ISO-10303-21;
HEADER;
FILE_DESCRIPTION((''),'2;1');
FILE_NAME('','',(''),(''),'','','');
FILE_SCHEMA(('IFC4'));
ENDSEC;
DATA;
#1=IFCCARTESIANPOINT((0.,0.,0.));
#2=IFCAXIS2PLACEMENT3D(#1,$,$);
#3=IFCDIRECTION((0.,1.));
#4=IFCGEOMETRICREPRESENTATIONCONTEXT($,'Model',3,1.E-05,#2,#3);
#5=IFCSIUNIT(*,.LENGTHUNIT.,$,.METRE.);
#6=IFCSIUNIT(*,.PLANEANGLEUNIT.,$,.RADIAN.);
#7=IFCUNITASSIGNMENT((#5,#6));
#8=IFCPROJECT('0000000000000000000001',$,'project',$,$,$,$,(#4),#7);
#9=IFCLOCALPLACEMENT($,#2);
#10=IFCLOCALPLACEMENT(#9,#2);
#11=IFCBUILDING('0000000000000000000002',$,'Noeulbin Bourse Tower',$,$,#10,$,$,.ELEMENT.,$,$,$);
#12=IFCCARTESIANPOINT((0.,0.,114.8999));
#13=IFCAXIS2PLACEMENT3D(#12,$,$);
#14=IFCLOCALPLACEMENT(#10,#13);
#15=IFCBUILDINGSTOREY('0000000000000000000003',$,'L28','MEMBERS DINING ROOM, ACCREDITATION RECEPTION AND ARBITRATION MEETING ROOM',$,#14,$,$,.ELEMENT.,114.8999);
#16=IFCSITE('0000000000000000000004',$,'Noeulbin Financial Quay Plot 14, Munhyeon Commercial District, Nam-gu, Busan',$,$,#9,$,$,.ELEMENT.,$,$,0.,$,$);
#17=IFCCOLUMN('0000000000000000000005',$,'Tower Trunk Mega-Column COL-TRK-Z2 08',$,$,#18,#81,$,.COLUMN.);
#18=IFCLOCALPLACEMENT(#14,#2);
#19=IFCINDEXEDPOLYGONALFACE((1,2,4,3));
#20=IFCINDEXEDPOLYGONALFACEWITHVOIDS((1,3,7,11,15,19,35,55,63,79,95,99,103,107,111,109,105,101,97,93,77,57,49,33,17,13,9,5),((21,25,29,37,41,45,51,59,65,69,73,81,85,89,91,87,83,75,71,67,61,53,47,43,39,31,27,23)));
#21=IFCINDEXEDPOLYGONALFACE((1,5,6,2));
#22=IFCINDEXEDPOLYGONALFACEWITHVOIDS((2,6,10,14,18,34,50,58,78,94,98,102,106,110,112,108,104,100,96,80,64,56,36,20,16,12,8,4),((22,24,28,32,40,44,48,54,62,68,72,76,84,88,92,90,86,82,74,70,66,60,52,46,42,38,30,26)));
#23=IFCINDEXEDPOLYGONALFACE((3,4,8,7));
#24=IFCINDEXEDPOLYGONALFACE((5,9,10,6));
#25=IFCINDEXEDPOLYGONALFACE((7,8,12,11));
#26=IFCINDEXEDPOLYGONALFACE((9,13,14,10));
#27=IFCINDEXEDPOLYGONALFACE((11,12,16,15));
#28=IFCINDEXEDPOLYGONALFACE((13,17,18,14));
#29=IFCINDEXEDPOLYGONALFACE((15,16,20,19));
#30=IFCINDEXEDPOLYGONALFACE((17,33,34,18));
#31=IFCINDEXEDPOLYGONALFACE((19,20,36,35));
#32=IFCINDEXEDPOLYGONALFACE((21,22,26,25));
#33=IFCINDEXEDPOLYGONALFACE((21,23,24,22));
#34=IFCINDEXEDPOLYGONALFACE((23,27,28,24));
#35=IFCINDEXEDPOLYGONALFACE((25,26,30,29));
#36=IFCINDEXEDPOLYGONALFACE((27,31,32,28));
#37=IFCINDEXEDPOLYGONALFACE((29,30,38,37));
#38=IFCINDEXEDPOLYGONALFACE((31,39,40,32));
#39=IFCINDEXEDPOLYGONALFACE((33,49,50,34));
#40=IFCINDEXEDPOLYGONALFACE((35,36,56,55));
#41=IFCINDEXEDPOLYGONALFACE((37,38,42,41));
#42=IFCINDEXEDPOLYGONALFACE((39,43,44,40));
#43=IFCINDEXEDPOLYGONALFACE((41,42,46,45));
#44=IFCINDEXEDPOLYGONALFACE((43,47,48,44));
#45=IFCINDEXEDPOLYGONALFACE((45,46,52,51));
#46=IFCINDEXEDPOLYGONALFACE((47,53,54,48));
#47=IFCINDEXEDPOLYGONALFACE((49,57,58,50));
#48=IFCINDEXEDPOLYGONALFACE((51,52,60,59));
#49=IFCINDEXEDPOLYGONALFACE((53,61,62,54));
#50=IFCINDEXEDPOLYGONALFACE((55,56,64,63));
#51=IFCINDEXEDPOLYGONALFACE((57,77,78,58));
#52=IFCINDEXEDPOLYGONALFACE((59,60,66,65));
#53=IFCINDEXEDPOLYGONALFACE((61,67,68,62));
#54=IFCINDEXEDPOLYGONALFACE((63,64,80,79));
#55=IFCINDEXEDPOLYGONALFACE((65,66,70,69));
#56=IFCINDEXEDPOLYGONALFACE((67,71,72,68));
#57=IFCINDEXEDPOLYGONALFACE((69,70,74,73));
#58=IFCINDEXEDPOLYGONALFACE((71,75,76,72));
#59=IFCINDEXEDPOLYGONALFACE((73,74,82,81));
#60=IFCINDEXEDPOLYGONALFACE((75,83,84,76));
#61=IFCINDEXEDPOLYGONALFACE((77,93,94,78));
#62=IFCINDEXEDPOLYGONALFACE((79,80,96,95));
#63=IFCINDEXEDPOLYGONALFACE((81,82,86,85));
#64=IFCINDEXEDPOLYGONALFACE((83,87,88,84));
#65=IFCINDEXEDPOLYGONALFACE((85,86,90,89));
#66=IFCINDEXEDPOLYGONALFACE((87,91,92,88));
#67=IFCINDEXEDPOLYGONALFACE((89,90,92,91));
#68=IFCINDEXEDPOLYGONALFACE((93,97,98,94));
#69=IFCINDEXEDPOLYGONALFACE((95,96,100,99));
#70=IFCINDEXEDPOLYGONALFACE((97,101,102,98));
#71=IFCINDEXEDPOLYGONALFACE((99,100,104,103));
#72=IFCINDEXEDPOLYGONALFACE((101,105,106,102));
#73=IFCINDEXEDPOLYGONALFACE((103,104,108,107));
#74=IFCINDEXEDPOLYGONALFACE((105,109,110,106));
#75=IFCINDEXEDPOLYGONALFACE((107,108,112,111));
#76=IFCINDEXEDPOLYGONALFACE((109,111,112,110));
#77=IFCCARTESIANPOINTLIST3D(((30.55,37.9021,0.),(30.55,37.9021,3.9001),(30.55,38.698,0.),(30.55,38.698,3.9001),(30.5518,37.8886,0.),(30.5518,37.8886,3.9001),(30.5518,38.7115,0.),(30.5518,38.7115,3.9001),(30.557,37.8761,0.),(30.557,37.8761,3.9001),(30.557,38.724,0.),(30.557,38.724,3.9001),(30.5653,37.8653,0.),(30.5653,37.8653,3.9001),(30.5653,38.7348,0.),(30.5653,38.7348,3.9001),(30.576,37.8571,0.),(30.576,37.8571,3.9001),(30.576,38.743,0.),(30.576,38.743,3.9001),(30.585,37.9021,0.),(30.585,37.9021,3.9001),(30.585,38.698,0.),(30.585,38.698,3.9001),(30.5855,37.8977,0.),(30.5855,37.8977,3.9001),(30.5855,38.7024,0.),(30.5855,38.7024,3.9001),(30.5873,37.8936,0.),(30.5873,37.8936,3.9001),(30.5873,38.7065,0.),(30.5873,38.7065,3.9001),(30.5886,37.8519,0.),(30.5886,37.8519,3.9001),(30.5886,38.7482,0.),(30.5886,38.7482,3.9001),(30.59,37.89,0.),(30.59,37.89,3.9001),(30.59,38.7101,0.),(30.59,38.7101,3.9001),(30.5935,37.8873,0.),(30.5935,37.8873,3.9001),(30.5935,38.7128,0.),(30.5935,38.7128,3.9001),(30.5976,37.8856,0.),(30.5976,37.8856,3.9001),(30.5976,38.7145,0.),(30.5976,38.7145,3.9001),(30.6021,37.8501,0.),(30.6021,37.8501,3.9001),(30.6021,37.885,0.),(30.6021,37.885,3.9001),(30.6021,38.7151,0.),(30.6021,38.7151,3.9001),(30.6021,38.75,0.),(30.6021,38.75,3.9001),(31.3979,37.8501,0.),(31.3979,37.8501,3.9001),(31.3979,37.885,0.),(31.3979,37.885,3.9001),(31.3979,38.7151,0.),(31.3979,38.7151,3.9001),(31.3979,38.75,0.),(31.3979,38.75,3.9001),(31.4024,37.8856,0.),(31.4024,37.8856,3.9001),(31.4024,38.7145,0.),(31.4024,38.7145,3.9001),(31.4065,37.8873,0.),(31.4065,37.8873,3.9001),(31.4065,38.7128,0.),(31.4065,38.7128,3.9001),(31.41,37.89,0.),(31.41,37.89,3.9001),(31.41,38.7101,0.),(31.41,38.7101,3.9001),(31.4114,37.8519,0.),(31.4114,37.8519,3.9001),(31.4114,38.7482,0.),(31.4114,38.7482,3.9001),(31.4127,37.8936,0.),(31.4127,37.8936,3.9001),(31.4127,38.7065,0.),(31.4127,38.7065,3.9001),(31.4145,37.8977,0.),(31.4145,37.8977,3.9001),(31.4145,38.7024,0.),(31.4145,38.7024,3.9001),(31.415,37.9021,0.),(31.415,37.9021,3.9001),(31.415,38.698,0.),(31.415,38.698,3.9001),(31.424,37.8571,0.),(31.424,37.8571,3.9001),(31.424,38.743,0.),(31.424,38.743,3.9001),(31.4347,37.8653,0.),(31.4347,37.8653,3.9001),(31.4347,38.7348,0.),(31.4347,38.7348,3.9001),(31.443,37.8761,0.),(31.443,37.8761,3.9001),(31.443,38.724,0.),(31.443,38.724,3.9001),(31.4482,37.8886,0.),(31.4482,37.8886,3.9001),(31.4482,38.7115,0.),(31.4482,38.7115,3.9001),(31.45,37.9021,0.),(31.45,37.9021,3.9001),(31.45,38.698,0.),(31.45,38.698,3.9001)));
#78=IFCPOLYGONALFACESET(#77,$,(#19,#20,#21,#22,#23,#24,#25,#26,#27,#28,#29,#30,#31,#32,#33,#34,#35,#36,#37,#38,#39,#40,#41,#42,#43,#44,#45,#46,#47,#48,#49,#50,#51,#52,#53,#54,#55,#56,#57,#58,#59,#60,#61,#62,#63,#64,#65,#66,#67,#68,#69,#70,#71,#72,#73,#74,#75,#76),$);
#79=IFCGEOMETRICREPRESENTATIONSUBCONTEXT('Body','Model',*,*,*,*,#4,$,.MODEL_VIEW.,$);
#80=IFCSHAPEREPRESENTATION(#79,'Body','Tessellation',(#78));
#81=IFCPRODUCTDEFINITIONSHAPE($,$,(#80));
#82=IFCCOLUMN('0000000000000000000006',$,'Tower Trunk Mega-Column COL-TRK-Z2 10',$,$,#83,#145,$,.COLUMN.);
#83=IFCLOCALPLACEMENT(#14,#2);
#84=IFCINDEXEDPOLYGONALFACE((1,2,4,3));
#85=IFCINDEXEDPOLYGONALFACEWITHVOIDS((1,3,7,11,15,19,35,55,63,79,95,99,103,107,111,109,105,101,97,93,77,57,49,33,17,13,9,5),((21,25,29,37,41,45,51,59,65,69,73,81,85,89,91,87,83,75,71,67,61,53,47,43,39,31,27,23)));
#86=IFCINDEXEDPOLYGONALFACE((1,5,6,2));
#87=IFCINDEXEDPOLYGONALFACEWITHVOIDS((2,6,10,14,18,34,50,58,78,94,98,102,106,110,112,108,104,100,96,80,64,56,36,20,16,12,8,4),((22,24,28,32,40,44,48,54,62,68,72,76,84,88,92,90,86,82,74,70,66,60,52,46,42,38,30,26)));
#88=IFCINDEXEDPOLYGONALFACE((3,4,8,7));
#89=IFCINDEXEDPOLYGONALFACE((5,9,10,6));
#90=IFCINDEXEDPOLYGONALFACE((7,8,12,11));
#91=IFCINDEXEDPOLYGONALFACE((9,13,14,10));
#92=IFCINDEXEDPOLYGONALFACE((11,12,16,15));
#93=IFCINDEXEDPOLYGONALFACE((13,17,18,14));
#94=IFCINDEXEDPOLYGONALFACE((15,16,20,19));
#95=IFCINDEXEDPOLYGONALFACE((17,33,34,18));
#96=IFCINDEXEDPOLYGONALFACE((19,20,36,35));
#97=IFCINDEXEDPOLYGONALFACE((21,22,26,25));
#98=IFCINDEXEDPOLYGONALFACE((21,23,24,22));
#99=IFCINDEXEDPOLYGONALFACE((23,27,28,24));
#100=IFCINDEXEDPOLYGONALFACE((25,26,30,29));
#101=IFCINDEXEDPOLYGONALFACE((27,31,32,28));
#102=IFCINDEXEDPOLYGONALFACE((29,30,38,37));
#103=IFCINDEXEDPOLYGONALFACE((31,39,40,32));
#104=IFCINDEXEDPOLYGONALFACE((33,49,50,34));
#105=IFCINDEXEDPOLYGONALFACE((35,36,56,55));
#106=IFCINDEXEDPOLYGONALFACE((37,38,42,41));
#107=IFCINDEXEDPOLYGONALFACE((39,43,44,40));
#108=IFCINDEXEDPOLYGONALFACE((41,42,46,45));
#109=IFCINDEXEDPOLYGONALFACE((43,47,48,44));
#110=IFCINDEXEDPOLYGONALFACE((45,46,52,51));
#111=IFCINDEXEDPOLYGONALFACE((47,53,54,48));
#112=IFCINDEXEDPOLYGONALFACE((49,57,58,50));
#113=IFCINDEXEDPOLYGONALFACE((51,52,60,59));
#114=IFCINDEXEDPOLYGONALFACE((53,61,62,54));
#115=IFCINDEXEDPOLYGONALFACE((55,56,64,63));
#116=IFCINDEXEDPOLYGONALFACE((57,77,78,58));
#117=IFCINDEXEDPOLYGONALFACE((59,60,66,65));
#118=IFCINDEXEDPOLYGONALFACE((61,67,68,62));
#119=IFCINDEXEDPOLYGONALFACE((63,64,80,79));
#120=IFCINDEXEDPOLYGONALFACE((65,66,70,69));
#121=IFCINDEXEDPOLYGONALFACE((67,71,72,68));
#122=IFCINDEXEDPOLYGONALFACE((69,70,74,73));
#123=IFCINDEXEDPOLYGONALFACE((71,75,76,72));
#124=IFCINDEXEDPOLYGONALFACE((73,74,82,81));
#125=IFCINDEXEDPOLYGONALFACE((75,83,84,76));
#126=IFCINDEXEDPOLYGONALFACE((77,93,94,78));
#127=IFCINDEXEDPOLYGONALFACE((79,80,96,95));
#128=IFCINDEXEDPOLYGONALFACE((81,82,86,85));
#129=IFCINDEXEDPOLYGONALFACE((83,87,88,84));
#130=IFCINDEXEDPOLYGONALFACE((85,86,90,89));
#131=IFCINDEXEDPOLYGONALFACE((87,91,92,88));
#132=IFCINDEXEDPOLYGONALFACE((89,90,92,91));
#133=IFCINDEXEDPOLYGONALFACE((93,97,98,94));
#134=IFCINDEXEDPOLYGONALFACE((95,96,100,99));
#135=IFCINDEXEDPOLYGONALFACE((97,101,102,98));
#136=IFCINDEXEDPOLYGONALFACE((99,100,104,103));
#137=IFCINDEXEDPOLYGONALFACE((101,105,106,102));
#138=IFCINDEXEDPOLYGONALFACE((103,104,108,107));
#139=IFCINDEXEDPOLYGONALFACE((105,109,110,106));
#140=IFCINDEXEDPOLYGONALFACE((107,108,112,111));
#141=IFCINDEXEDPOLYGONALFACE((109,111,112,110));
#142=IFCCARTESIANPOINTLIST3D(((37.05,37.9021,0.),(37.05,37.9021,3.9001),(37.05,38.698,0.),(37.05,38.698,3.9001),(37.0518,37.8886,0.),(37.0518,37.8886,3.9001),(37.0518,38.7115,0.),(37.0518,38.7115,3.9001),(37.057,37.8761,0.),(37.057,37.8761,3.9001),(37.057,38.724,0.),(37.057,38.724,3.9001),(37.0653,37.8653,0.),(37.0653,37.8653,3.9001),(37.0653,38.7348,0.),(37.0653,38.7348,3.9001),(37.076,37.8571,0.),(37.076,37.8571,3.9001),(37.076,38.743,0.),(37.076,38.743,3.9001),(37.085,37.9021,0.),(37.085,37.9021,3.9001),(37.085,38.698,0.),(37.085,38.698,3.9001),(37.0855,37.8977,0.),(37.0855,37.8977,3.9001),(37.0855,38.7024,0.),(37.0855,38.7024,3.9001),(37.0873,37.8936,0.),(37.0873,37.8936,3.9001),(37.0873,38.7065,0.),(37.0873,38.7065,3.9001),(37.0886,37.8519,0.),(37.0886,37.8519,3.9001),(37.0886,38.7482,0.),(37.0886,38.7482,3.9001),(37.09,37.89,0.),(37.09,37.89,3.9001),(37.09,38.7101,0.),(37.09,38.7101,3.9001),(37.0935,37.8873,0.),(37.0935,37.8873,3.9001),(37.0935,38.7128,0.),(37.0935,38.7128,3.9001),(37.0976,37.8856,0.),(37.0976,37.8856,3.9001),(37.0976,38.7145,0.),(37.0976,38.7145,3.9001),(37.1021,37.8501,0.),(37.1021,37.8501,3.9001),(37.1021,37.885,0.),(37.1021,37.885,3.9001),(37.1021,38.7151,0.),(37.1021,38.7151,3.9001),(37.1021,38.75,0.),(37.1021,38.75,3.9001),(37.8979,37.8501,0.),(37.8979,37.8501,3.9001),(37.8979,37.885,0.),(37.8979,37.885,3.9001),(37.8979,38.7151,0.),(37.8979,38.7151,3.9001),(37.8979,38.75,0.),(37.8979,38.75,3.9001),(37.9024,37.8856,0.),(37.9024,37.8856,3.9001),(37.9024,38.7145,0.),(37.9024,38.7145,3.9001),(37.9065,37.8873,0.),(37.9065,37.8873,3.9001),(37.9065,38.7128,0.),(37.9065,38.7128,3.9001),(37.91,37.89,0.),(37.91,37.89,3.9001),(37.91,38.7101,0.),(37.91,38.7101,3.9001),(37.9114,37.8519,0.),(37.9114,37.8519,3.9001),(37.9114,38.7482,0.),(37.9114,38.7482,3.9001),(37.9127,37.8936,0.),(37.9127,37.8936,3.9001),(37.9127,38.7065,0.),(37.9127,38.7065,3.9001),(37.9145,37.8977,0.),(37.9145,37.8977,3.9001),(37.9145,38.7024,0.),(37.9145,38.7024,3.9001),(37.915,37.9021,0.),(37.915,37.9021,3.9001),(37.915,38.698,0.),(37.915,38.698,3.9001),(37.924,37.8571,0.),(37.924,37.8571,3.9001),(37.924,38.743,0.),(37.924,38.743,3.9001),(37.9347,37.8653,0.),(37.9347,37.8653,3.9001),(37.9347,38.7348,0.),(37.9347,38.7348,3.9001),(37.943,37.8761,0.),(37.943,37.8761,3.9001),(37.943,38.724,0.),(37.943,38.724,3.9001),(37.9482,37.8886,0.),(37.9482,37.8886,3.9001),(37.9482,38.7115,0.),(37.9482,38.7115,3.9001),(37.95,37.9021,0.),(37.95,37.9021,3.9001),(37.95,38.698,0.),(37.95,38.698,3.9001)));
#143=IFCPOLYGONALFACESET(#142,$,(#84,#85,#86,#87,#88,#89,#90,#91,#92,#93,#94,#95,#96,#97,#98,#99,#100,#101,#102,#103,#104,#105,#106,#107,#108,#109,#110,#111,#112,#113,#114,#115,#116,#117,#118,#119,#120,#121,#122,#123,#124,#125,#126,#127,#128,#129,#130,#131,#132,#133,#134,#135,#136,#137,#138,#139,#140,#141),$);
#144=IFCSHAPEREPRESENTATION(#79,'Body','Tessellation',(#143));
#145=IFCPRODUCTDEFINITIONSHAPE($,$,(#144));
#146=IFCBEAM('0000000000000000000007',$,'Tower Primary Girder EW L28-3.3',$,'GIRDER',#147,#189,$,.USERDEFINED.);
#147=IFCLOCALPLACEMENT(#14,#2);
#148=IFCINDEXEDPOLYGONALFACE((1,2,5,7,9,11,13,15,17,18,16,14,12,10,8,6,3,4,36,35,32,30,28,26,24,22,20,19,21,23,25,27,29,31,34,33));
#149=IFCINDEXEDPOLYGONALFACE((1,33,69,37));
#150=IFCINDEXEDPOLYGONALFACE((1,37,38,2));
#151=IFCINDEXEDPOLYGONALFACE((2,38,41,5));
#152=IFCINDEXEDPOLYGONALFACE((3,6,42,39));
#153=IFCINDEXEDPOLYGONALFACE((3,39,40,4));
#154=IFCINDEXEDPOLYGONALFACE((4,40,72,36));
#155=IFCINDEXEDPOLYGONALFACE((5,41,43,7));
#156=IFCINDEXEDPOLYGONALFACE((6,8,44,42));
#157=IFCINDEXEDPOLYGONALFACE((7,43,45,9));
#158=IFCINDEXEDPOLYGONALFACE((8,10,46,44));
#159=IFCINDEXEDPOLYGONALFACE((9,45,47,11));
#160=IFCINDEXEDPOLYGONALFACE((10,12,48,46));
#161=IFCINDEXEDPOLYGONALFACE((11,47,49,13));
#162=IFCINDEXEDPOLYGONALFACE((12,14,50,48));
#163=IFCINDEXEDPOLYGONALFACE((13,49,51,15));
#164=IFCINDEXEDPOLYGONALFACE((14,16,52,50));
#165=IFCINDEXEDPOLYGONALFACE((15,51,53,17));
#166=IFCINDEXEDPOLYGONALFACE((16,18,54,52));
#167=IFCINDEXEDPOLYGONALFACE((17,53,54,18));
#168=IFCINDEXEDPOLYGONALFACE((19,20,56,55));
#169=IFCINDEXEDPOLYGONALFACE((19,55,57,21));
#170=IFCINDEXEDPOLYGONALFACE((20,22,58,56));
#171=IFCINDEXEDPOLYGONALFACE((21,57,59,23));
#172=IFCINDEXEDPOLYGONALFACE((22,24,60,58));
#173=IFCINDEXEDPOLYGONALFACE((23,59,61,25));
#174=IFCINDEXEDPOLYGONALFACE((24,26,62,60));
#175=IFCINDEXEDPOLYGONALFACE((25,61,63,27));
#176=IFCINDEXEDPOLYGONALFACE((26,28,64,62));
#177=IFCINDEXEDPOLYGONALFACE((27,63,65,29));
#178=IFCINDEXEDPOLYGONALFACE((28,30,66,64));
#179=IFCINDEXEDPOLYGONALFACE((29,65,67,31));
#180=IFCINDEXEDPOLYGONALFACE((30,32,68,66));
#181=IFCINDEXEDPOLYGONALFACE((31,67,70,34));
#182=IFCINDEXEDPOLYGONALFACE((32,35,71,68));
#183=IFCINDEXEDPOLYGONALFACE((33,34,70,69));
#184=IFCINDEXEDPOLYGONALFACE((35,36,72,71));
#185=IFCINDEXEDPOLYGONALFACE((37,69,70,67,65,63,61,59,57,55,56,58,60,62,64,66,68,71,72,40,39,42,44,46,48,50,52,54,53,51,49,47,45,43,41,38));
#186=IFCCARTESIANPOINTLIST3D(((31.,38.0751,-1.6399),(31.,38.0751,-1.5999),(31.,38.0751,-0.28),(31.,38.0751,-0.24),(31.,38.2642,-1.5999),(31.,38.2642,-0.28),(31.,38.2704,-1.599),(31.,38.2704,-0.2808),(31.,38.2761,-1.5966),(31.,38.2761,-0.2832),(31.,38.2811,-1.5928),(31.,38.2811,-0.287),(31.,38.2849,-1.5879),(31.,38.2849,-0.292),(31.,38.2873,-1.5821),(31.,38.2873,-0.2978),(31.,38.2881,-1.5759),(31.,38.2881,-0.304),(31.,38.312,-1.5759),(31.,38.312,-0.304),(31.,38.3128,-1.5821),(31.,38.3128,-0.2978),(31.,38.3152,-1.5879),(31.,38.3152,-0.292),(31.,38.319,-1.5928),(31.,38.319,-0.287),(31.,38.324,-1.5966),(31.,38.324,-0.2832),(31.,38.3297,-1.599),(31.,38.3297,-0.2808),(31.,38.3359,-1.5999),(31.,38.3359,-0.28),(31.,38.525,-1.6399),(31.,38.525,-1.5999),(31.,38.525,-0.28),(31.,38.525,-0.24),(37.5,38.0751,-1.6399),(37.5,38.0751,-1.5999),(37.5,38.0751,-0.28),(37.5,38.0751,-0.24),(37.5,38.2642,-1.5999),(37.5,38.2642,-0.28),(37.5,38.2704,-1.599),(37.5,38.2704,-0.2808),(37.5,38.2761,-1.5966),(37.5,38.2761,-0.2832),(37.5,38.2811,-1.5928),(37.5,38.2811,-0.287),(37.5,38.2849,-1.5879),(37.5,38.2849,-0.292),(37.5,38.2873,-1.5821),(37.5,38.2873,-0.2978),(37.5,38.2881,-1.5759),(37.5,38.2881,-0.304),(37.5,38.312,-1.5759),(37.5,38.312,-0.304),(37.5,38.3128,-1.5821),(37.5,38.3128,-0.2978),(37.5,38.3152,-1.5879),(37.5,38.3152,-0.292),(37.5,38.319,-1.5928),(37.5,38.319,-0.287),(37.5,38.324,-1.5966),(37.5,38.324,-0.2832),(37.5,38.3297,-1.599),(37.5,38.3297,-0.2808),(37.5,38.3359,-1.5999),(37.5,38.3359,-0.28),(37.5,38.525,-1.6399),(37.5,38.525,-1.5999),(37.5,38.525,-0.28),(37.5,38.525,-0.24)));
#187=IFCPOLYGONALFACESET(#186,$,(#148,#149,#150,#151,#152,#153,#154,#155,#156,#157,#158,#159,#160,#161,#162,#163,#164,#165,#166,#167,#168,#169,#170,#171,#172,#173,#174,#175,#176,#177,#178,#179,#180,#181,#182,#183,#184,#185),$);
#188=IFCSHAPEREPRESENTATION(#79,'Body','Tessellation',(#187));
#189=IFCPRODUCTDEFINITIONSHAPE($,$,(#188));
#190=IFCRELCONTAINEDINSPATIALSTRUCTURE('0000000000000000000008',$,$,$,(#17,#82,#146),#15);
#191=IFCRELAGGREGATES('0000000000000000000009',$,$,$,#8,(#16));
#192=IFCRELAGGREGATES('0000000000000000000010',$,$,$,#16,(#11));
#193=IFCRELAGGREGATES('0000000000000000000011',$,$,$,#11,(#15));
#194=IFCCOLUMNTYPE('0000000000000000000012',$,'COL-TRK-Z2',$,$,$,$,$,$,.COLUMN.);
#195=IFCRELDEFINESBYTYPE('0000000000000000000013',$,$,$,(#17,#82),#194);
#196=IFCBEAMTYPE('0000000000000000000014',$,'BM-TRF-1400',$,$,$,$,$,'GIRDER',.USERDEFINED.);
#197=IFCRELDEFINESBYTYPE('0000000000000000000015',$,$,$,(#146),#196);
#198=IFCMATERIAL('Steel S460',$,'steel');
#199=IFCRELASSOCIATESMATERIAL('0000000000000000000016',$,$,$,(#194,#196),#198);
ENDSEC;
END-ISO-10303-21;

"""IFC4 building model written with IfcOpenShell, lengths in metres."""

from ifc_helpers import new_model, si_unit, direction, frame, origin, origin_2d, place, context, subcontext, project, spatial, hollow_rectangle, i_section, extrude, material, material_profile, profile_set, type_object, element, save


model = new_model("IFC4")

# Units and contexts
model_context = context("Model", 3, precision=1e-05, world=origin(), true_north=direction((0.0, 1.0)))
body_context = subcontext(model_context, "Body", "Model", "MODEL_VIEW")
ifc_project = project(units=[si_unit("LENGTHUNIT", "METRE"), si_unit("PLANEANGLEUNIT", "RADIAN")], contexts=[model_context])

# Site, building, storey
site_placement = place(None, origin())
site = spatial("IfcSite", under=ifc_project, at=site_placement, Name="Noeulbin Financial Quay Plot 14, Munhyeon Commercial District, Nam-gu, Busan", CompositionType="ELEMENT", RefElevation=0.0)
building_placement = place(site_placement, origin())
building = spatial("IfcBuilding", under=site, at=building_placement, Name="Noeulbin Bourse Tower", CompositionType="ELEMENT")
storey_placement = place(building_placement, frame((0.0, 0.0, 114.8999)))
storey = spatial("IfcBuildingStorey", under=building, at=storey_placement, Name="L28", Description="MEMBERS DINING ROOM, ACCREDITATION RECEPTION AND ARBITRATION MEETING ROOM", CompositionType="ELEMENT", Elevation=114.8999)

# Columns
ifc_material_1 = material(Name="Steel S460", Category="steel")
ifc_material_profile_1 = material_profile(ifc_material_1, hollow_rectangle(XDim=0.8999, YDim=0.8999, WallThickness=0.0349, InnerFilletRadius=0.0171, OuterFilletRadius=0.052, at=origin_2d()), Name="BOX-900x900x35", Category="LoadBearing")
ifc_profile_set_1 = profile_set([ifc_material_profile_1], Name="Steel S460")
column_type = type_object("IfcColumnType", Name="COL-TRK-Z2", PredefinedType="COLUMN", material=ifc_profile_set_1)
for number, where, z_axis, x_axis, name in (
    (1, (31.0, 38.3, 0.0), (0.0, 0.0, 1.0), (1.0, 0.0, 0.0), "Tower Trunk Mega-Column COL-TRK-Z2 08"),
    (2, (37.5, 38.3, 0.0), (0.0, 0.0, 1.0), (1.0, 0.0, 0.0), "Tower Trunk Mega-Column COL-TRK-Z2 10"),
):
    element("IfcColumn", number, at=place(storey_placement, frame(where, z_axis=z_axis, x_axis=x_axis)), inside=storey, type_object=column_type, Name=name, PredefinedType="COLUMN", context=body_context, shape_type="SweptSolid", body=[
        extrude(hollow_rectangle(XDim=0.8999, YDim=0.8999, WallThickness=0.0349, InnerFilletRadius=0.0171, OuterFilletRadius=0.052, at=origin_2d()), origin(), (0.0, 0.0, 1.0), 3.9001),
    ])

# Beam
ifc_material_profile_2 = material_profile(ifc_material_1, i_section(OverallWidth=0.45, OverallDepth=1.3999, WebThickness=0.0239, FlangeThickness=0.04, FilletRadius=0.0239, at=origin_2d()), Name="PG-1400x450x24x40", Category="LoadBearing")
ifc_profile_set_2 = profile_set([ifc_material_profile_2], Name="Steel S460")
beam_type = type_object("IfcBeamType", Name="BM-TRF-1400", ElementType="GIRDER", PredefinedType="USERDEFINED", material=ifc_profile_set_2)
for number, where, z_axis, x_axis, name in (
    (3, (31.0, 38.3, -0.9399), (1.0, 0.0, 0.0), (0.0, 1.0, 0.0), "Tower Primary Girder EW L28-3.3"),
):
    element("IfcBeam", number, at=place(storey_placement, frame(where, z_axis=z_axis, x_axis=x_axis)), inside=storey, type_object=beam_type, Name=name, ObjectType="GIRDER", PredefinedType="USERDEFINED", context=body_context, shape_type="SweptSolid", body=[
        extrude(i_section(OverallWidth=0.45, OverallDepth=1.3999, WebThickness=0.0239, FlangeThickness=0.04, FilletRadius=0.0239, at=origin_2d()), origin(), (0.0, 0.0, 1.0), 6.5),
    ])

save(model, "model.ifc")
